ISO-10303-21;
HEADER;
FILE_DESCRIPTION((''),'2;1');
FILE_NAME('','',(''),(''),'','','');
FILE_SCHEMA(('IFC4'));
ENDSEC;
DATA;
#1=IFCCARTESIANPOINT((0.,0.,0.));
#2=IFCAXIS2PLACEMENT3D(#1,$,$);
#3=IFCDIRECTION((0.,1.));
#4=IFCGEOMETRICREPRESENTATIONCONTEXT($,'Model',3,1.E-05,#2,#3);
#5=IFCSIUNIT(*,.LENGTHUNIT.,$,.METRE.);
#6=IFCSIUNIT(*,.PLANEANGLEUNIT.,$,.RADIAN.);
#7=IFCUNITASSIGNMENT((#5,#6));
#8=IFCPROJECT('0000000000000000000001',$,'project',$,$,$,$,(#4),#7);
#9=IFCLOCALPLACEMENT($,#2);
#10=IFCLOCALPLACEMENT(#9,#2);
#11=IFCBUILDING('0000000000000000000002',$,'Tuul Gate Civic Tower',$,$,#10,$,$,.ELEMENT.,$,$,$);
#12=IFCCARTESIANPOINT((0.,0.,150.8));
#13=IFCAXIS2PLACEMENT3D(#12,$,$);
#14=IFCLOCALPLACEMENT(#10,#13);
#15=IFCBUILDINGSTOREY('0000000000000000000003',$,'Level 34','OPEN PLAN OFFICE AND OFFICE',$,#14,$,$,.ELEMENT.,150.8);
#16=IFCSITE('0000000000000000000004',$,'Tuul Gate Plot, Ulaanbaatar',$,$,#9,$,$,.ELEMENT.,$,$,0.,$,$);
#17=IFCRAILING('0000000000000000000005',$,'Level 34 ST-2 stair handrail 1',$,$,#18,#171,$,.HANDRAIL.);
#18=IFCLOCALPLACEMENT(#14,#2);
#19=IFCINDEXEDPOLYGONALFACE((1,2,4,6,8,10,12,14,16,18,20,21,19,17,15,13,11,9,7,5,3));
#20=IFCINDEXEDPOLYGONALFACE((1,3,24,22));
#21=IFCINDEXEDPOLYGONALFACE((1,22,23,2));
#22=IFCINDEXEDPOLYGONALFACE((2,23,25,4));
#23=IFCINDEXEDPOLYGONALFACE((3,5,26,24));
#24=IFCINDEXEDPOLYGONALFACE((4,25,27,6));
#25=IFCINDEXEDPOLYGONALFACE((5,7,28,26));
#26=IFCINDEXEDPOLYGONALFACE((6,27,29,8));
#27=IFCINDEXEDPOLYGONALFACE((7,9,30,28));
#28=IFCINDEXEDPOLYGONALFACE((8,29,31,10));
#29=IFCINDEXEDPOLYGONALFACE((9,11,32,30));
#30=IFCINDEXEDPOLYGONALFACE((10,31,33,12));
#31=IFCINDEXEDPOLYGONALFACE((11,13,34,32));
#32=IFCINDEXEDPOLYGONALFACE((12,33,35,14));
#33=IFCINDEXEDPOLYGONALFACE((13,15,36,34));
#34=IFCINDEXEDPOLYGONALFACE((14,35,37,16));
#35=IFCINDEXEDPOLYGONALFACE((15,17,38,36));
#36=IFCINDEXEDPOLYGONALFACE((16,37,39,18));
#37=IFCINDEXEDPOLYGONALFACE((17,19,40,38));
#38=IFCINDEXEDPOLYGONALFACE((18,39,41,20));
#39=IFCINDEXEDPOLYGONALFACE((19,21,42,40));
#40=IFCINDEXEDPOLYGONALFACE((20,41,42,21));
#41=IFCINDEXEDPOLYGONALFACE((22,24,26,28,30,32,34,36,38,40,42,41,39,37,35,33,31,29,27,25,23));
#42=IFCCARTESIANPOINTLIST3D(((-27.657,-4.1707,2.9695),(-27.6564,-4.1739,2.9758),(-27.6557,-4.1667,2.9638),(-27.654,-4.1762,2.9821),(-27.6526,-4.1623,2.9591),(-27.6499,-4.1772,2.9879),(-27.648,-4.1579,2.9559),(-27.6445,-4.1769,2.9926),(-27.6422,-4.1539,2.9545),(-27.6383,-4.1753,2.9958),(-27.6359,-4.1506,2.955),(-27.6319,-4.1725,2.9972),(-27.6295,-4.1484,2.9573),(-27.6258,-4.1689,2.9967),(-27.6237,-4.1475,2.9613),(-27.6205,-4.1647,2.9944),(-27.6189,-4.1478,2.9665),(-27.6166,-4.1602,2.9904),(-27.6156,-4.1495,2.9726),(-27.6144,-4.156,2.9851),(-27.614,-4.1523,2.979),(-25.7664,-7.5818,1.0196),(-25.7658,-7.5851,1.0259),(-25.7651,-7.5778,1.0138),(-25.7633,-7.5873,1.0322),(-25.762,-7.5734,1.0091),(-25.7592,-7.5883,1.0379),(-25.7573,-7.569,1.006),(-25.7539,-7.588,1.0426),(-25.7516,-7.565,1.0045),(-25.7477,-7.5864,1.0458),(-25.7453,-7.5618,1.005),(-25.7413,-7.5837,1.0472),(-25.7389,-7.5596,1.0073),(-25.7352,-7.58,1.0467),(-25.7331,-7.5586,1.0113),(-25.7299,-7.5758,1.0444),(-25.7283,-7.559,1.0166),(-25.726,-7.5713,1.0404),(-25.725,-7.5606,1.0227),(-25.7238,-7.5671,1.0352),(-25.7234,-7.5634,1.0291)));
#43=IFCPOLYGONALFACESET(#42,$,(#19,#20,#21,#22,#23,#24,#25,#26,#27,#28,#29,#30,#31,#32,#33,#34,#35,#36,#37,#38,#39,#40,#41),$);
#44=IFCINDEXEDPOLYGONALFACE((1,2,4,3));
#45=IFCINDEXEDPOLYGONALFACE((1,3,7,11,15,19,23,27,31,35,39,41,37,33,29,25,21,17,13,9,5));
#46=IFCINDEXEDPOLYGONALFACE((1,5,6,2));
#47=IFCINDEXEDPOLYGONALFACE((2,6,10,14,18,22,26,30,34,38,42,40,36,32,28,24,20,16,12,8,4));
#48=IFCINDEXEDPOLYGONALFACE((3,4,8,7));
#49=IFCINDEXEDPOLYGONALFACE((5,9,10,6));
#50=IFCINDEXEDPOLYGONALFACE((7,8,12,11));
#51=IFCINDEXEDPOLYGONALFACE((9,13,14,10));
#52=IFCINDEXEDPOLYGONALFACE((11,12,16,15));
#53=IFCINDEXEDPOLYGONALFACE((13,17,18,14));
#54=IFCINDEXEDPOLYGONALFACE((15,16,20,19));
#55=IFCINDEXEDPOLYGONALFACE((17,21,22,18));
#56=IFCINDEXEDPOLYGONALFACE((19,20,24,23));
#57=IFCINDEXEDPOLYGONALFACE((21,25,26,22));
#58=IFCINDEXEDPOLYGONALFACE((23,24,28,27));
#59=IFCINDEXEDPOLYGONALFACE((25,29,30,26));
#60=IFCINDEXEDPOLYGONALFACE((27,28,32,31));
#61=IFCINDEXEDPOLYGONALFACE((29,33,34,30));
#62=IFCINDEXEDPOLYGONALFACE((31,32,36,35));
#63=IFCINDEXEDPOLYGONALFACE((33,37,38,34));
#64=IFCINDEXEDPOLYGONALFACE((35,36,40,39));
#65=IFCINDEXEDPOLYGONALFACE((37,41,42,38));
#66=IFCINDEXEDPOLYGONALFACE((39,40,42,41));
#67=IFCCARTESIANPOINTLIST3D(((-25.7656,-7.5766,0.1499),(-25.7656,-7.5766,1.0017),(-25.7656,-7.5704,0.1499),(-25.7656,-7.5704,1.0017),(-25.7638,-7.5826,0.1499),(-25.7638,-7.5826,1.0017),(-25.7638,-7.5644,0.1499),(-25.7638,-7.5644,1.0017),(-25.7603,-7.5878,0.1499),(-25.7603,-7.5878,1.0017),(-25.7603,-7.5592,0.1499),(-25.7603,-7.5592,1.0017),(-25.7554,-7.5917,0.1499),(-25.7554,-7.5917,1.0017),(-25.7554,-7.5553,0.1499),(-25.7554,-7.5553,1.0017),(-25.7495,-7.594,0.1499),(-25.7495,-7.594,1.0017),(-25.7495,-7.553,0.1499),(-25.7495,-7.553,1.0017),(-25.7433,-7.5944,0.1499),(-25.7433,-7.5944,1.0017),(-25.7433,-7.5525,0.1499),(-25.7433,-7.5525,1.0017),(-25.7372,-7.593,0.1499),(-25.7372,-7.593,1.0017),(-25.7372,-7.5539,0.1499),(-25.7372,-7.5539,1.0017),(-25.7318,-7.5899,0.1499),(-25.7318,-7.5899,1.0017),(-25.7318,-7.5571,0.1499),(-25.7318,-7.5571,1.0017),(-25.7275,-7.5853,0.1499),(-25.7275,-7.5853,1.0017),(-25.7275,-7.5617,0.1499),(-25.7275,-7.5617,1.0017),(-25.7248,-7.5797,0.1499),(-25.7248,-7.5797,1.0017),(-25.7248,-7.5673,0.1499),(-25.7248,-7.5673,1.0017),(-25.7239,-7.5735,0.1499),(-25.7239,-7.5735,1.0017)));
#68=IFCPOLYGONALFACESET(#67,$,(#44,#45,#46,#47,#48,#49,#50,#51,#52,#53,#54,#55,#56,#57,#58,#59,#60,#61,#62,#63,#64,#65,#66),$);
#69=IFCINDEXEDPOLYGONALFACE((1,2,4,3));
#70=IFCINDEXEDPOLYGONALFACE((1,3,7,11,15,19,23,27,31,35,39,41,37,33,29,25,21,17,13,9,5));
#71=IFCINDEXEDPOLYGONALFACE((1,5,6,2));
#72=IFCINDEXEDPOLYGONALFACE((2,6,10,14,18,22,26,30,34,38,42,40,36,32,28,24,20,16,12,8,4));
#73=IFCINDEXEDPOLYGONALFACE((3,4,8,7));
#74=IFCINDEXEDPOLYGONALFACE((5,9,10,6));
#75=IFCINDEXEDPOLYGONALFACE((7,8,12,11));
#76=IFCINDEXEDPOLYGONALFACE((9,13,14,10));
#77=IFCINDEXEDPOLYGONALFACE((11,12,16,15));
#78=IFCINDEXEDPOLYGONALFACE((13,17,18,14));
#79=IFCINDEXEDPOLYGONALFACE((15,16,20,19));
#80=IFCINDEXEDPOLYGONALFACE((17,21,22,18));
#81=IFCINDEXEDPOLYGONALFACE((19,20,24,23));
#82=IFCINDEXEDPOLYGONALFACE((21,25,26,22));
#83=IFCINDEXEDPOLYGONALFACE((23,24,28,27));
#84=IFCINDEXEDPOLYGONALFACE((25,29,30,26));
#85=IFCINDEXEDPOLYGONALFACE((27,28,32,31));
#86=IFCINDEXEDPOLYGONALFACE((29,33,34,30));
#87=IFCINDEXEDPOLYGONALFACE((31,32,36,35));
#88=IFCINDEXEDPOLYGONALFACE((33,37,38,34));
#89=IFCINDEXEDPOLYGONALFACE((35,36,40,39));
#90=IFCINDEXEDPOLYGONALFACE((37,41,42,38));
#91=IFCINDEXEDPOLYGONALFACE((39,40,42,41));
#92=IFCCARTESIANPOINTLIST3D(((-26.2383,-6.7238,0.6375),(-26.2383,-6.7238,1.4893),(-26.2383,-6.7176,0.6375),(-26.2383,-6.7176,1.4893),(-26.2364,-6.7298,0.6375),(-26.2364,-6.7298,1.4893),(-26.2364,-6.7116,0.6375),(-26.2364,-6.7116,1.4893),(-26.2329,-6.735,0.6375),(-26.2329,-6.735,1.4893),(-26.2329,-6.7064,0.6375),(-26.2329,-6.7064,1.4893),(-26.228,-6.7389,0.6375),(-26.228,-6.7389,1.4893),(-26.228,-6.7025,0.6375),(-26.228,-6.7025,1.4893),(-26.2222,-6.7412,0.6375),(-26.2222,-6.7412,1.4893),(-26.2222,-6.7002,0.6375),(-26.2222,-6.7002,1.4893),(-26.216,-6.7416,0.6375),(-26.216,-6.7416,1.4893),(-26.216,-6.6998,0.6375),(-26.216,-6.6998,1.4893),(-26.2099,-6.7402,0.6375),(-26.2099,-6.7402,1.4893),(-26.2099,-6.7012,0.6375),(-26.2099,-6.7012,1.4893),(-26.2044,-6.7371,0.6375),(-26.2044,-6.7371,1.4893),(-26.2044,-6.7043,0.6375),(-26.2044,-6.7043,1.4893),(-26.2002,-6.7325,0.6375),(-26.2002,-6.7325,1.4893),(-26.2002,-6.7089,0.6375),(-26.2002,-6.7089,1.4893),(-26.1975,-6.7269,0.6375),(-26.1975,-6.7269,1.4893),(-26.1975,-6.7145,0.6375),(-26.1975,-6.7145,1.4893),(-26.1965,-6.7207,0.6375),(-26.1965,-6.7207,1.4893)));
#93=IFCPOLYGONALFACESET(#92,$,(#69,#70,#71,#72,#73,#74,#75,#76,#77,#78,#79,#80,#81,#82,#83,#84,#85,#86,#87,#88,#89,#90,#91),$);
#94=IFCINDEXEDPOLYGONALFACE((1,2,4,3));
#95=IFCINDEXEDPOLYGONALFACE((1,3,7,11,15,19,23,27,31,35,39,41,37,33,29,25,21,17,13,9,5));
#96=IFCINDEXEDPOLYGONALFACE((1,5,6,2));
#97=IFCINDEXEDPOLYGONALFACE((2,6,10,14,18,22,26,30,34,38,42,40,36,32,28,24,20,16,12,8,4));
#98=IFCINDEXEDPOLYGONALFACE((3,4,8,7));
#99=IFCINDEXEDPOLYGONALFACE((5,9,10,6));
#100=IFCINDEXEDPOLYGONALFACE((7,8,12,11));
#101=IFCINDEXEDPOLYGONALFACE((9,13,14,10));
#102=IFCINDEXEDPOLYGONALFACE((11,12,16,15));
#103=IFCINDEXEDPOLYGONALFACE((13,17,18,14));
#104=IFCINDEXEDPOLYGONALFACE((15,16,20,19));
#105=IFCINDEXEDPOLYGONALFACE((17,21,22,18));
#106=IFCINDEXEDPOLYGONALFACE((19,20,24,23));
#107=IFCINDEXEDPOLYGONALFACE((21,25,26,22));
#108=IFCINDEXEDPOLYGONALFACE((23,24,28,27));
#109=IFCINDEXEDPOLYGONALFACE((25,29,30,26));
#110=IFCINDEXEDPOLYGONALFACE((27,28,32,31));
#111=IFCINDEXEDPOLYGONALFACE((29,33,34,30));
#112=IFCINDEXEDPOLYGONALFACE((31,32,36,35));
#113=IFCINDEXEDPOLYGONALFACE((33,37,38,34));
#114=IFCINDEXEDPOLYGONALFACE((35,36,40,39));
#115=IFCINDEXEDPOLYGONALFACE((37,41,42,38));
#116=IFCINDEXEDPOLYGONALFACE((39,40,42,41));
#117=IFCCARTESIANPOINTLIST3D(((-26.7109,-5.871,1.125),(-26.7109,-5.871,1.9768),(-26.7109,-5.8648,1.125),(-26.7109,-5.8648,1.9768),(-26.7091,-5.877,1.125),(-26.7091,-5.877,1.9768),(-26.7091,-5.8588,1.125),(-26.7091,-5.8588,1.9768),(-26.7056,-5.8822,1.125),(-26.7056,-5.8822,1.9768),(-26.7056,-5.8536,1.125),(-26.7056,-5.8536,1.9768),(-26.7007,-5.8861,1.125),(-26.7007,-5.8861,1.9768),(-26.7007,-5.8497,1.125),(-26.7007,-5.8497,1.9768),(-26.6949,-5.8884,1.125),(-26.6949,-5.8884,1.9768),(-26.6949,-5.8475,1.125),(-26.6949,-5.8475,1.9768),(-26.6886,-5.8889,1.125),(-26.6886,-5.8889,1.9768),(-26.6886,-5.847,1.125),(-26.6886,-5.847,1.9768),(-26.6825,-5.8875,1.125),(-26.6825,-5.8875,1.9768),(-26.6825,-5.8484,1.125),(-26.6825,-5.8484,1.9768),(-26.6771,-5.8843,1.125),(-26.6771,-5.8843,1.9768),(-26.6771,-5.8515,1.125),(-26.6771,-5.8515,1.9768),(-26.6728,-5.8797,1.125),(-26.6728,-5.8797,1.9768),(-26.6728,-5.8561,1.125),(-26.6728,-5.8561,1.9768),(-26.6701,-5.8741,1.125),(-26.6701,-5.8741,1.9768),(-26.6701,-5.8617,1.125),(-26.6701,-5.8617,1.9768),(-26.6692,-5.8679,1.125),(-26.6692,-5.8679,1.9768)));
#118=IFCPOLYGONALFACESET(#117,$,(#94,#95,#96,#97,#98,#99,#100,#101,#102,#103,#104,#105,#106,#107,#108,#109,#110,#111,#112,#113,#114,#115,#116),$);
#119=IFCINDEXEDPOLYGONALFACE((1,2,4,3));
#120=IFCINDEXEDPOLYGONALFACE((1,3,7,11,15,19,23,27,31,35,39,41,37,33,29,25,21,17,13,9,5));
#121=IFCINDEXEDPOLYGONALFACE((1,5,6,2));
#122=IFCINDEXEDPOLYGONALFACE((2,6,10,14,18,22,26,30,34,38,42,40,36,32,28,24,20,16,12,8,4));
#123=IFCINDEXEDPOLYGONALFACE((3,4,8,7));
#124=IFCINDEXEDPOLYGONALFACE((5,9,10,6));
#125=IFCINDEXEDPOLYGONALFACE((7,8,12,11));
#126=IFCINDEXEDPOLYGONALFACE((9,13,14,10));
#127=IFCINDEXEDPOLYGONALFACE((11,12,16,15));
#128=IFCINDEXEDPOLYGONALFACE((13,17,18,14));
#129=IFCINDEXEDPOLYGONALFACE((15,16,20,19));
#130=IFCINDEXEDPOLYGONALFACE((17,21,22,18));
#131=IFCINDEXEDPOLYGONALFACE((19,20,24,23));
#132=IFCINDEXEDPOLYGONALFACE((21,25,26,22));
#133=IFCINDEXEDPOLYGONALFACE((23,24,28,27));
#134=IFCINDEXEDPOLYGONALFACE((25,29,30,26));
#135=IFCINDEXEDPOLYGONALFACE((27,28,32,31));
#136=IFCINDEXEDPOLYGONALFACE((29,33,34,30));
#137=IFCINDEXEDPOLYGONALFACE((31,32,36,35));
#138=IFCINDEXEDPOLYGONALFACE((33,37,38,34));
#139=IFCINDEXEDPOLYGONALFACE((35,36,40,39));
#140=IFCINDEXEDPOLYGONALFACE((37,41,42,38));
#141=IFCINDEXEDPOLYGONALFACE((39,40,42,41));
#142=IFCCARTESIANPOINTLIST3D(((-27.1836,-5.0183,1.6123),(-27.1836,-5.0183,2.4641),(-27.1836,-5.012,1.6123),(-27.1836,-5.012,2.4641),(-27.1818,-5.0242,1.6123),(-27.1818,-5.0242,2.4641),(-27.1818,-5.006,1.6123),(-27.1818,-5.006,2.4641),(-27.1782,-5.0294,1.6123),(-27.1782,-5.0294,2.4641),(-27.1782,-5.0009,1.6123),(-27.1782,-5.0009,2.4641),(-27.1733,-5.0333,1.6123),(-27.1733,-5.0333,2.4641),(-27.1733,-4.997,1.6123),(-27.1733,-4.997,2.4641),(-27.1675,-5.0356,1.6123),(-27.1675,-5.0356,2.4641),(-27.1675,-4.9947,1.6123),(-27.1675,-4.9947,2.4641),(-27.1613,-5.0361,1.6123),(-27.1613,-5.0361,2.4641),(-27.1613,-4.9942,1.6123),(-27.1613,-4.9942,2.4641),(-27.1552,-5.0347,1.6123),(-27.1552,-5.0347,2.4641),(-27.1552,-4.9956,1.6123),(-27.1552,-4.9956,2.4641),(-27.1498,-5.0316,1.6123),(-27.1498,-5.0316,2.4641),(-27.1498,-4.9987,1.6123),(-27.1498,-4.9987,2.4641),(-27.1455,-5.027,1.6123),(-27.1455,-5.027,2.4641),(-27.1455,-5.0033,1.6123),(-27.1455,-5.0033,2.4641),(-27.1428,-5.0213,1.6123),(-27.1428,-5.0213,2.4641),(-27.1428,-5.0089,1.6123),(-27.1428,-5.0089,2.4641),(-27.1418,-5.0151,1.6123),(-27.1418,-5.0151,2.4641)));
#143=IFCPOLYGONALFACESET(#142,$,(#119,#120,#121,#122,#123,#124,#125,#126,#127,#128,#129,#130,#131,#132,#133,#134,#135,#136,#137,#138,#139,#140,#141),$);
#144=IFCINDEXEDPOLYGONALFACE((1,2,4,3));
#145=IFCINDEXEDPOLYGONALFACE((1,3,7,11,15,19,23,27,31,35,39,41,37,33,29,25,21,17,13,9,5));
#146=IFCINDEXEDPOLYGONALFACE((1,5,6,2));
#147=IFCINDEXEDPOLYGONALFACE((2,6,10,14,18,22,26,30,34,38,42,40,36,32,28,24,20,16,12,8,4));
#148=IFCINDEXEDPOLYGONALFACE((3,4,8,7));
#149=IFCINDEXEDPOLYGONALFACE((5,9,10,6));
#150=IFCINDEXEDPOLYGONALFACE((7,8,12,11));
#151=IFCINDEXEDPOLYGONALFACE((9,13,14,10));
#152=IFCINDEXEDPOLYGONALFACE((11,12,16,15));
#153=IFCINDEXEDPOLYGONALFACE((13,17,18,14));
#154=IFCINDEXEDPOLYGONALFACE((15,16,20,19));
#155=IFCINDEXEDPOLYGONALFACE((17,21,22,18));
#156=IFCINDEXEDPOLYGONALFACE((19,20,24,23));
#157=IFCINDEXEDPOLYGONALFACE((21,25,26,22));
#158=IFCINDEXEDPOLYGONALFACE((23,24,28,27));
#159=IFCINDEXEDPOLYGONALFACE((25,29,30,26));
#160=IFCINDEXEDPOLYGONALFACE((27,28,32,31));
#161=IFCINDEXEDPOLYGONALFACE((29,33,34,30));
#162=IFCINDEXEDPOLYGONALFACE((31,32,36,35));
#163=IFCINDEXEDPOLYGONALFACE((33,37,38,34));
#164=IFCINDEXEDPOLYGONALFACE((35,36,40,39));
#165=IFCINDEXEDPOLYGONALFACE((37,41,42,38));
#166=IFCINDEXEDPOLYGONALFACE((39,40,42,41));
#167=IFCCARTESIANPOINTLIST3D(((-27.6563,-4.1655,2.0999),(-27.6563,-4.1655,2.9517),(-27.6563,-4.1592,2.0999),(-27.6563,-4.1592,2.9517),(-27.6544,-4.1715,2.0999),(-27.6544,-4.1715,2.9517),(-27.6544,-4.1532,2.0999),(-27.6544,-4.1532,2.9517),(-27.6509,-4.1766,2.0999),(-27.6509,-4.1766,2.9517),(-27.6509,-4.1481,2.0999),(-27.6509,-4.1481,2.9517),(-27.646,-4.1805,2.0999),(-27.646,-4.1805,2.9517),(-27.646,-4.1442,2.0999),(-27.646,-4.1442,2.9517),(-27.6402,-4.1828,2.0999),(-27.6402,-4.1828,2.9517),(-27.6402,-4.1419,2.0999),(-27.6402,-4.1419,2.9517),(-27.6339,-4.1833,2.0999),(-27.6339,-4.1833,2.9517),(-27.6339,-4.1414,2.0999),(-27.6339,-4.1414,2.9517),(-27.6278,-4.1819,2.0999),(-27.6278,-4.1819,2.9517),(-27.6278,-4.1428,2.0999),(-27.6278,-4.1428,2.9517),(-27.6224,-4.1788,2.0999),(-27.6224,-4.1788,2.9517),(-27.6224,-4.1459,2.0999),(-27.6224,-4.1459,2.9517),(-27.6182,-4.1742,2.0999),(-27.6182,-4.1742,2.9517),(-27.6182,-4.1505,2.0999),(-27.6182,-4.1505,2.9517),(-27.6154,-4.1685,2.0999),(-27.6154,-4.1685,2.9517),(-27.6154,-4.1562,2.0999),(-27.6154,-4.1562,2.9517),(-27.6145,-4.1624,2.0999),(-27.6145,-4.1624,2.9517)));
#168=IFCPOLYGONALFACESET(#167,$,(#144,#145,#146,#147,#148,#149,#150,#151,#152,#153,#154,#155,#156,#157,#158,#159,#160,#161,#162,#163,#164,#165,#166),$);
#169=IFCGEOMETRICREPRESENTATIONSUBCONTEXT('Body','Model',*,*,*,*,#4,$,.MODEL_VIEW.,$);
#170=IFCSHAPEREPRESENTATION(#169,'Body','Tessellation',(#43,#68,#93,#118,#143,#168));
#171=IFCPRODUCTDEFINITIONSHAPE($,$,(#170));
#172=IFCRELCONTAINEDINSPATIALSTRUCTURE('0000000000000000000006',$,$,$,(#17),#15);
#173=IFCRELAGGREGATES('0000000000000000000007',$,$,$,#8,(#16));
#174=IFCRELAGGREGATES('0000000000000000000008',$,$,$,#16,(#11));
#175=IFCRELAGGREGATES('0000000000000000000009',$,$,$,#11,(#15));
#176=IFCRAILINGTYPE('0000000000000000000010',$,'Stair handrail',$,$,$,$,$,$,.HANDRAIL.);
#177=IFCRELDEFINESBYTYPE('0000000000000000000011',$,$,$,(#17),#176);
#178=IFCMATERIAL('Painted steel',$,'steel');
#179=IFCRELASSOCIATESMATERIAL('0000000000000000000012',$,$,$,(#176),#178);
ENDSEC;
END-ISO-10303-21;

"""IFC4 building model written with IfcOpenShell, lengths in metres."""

from ifc_helpers import new_model, si_unit, direction, frame, origin, origin_2d, place, context, subcontext, project, spatial, circle, extrude, material, type_object, element, save


model = new_model("IFC4")

# Units and contexts
model_context = context("Model", 3, precision=1e-05, world=origin(), true_north=direction((0.0, 1.0)))
body_context = subcontext(model_context, "Body", "Model", "MODEL_VIEW")
ifc_project = project(units=[si_unit("LENGTHUNIT", "METRE"), si_unit("PLANEANGLEUNIT", "RADIAN")], contexts=[model_context])

# Site, building, storey
site_placement = place(None, origin())
site = spatial("IfcSite", under=ifc_project, at=site_placement, Name="Tuul Gate Plot, Ulaanbaatar", CompositionType="ELEMENT", RefElevation=0.0)
building_placement = place(site_placement, origin())
building = spatial("IfcBuilding", under=site, at=building_placement, Name="Tuul Gate Civic Tower", CompositionType="ELEMENT")
storey_placement = place(building_placement, frame((0.0, 0.0, 150.8)))
storey = spatial("IfcBuildingStorey", under=building, at=storey_placement, Name="Level 34", Description="OPEN PLAN OFFICE AND OFFICE", CompositionType="ELEMENT", Elevation=150.8)

# Railing
ifc_material_1 = material(Name="Painted steel", Category="steel")
railing_type_1 = type_object("IfcRailingType", Name="Stair handrail", PredefinedType="HANDRAIL", material=ifc_material_1)
railing_1_placement = place(storey_placement, frame((-25.7449, -7.5735, 0.1499)))
element("IfcRailing", 1, at=railing_1_placement, inside=storey, type_object=railing_type_1, Name="Level 34 ST-2 stair handrail 1", PredefinedType="HANDRAIL", context=body_context, shape_type="SweptSolid", body=[
    extrude(circle(Radius=0.0239, at=origin_2d()), frame((0.0, 0.0, 0.876), z_axis=(-0.433595, 0.782308, 0.447201), x_axis=(-0.874641, -0.484771, 0.0)), (0.0, 0.0, 1.0), 4.3604),
    extrude(circle(Radius=0.021, at=origin_2d()), origin(), (0.0, 0.0, 1.0), 0.8518),
    extrude(circle(Radius=0.021, at=origin_2d()), frame((-0.4727, 0.8528, 0.4875)), (0.0, 0.0, 1.0), 0.8518),
    extrude(circle(Radius=0.021, at=origin_2d()), frame((-0.9453, 1.7056, 0.9751)), (0.0, 0.0, 1.0), 0.8518),
    extrude(circle(Radius=0.021, at=origin_2d()), frame((-1.418, 2.5583, 1.4624)), (0.0, 0.0, 1.0), 0.8518),
    extrude(circle(Radius=0.021, at=origin_2d()), frame((-1.8906, 3.4111, 1.95)), (0.0, 0.0, 1.0), 0.8518),
])

save(model, "model.ifc")
